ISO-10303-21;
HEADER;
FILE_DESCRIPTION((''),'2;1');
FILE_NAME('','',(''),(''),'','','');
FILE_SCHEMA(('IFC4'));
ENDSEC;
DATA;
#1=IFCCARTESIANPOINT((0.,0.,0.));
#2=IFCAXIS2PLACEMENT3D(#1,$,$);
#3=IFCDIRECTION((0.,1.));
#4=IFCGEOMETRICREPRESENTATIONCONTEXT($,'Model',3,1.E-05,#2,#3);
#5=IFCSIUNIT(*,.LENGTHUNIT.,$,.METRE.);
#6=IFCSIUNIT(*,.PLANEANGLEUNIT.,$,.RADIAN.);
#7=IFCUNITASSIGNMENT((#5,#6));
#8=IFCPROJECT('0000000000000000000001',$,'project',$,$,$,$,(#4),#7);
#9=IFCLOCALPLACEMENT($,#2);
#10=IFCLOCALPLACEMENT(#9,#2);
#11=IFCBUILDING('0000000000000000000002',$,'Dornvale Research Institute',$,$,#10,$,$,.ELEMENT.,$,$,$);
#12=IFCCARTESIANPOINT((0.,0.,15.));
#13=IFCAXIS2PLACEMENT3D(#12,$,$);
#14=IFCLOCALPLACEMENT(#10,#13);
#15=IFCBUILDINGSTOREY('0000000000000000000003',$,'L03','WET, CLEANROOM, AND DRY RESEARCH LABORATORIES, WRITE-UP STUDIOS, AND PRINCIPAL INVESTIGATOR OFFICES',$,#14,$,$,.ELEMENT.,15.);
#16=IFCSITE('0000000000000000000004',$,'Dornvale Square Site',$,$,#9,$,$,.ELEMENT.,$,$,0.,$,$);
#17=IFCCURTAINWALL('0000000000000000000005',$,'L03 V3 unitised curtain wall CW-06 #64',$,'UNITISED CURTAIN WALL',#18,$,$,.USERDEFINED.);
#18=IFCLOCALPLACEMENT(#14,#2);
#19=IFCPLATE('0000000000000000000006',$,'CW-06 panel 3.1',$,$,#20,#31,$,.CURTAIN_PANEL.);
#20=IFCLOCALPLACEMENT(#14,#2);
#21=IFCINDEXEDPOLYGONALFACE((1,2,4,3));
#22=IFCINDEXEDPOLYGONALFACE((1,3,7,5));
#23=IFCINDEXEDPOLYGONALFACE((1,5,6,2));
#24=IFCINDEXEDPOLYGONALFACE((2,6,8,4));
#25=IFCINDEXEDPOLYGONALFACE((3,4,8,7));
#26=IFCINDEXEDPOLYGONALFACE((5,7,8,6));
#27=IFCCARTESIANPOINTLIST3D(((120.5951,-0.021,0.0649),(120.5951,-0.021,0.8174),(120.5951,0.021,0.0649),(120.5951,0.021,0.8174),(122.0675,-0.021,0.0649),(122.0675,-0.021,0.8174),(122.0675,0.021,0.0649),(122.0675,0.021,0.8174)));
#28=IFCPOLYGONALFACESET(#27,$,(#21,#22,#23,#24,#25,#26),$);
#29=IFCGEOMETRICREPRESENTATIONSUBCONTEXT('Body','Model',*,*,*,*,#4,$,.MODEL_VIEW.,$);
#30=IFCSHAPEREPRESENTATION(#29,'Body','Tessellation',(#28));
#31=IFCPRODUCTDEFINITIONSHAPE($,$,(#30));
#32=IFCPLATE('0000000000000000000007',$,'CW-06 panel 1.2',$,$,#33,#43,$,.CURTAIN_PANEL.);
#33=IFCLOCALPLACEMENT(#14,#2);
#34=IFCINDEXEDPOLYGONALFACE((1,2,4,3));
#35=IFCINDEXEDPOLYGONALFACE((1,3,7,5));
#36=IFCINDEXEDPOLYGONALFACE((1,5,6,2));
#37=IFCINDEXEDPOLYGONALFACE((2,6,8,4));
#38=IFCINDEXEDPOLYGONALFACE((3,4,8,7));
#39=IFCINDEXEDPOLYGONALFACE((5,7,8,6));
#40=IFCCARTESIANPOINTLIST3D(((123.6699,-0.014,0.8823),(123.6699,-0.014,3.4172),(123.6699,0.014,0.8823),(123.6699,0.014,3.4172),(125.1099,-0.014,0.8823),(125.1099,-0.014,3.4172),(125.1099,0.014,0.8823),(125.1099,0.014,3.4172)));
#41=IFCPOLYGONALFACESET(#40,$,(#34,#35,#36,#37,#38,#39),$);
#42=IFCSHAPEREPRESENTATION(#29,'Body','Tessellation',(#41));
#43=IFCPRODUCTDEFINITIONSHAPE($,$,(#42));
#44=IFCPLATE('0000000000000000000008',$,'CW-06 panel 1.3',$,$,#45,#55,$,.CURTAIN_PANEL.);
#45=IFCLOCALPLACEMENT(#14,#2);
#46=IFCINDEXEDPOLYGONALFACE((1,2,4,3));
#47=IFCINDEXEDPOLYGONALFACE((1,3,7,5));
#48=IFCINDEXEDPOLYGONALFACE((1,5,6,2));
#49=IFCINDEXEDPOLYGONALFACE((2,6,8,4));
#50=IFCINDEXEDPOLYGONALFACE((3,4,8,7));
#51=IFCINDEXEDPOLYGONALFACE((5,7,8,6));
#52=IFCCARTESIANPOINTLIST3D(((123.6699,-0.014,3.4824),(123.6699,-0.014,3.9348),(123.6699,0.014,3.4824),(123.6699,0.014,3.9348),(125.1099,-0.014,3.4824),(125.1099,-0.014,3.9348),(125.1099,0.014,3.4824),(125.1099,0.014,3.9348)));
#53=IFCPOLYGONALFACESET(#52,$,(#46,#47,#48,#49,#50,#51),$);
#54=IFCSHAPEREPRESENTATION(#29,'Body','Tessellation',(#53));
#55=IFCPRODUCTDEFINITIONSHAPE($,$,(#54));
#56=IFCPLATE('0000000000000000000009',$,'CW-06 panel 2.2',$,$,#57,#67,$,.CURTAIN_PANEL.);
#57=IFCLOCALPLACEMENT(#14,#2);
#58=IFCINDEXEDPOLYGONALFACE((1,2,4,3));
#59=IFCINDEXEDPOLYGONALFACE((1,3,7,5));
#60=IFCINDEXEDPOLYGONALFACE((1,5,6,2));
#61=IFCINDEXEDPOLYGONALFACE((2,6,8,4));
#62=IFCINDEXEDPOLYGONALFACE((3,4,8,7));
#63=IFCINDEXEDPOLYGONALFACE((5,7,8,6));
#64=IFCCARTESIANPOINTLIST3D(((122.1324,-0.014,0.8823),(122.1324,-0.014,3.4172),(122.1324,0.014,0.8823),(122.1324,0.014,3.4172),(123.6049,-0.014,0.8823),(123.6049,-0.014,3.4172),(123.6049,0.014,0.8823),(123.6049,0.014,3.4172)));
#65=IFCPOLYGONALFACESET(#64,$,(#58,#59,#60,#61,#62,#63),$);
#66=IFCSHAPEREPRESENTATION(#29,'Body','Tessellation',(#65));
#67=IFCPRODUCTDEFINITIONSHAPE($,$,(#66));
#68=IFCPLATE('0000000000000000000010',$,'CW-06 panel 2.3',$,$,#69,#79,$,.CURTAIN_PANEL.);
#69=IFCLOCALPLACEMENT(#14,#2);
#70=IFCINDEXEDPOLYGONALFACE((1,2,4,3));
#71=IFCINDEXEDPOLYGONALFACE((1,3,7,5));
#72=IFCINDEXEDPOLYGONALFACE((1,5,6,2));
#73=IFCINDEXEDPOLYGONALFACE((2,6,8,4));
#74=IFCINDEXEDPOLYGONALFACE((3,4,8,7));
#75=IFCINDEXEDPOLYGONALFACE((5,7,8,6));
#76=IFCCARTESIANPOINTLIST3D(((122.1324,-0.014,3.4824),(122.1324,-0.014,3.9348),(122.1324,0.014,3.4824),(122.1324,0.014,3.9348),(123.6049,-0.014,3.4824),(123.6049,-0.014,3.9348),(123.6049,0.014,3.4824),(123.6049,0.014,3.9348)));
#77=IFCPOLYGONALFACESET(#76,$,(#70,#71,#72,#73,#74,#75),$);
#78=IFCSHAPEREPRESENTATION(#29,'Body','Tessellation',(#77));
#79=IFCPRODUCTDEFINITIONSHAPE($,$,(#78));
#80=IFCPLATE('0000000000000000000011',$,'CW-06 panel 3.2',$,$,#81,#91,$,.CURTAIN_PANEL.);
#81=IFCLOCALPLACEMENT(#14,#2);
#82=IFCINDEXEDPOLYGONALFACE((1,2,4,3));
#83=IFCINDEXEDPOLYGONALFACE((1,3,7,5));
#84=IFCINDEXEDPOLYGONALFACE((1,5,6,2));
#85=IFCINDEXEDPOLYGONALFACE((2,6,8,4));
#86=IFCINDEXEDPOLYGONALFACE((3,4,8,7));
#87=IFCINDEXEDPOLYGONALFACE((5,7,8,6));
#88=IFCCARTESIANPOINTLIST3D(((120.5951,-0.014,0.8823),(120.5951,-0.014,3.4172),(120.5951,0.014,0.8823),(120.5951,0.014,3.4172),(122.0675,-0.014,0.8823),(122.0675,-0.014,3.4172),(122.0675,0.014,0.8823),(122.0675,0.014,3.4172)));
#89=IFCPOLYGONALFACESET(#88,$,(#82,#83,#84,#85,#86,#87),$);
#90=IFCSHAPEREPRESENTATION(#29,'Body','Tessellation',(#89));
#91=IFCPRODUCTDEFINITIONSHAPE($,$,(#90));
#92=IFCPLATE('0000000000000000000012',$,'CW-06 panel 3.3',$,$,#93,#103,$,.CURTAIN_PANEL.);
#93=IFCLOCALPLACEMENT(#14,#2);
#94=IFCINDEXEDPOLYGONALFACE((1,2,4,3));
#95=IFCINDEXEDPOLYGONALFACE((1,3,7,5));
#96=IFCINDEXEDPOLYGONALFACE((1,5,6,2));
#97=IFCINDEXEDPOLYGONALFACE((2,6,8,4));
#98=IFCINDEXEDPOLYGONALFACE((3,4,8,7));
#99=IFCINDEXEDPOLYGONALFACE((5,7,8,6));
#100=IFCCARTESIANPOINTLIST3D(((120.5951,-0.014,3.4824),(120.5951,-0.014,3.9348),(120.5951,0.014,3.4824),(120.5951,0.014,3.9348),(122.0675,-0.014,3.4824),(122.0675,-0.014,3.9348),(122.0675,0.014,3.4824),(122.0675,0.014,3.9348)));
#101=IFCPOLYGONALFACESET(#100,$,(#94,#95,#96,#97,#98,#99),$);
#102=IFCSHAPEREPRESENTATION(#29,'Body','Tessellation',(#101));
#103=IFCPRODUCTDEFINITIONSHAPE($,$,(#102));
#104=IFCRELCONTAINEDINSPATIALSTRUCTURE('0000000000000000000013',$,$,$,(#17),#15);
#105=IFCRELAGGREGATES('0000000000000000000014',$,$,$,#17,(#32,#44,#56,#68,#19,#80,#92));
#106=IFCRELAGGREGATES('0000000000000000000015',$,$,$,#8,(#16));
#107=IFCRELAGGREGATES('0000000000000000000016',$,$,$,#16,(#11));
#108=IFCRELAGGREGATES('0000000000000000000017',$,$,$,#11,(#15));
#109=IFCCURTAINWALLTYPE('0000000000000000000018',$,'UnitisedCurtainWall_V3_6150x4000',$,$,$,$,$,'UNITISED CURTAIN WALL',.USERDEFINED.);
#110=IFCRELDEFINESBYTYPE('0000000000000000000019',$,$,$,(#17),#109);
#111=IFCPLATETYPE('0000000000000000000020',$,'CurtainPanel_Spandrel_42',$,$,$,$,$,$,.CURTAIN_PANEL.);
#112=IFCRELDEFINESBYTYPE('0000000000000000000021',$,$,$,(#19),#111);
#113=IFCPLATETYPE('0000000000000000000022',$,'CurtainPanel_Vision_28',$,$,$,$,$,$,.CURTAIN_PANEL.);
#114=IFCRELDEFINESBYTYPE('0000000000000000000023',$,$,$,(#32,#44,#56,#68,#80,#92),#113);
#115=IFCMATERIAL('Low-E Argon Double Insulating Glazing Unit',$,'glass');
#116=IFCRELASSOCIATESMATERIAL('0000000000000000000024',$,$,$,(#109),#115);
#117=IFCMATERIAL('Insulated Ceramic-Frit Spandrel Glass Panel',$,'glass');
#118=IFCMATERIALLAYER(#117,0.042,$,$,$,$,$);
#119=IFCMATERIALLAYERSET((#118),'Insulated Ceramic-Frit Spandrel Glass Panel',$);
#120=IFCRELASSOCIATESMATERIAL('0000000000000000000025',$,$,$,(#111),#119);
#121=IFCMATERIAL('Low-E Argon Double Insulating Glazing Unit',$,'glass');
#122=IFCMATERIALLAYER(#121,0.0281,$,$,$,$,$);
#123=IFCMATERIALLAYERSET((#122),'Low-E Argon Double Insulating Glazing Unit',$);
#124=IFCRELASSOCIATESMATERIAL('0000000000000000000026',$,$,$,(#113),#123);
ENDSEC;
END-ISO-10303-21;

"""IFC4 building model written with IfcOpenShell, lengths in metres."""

from ifc_helpers import new_model, si_unit, direction, frame, origin, origin_2d, place, context, subcontext, project, spatial, rectangle, extrude, material, layer, layer_set, type_object, element, aggregate, save


model = new_model("IFC4")

# Units and contexts
model_context = context("Model", 3, precision=1e-05, world=origin(), true_north=direction((0.0, 1.0)))
body_context = subcontext(model_context, "Body", "Model", "MODEL_VIEW")
ifc_project = project(units=[si_unit("LENGTHUNIT", "METRE"), si_unit("PLANEANGLEUNIT", "RADIAN")], contexts=[model_context])

# Site, building, storey
site_placement = place(None, origin())
site = spatial("IfcSite", under=ifc_project, at=site_placement, Name="Dornvale Square Site", CompositionType="ELEMENT", RefElevation=0.0)
building_placement = place(site_placement, origin())
building = spatial("IfcBuilding", under=site, at=building_placement, Name="Dornvale Research Institute", CompositionType="ELEMENT")
storey_placement = place(building_placement, frame((0.0, 0.0, 15.0)))
storey = spatial("IfcBuildingStorey", under=building, at=storey_placement, Name="L03", Description="WET, CLEANROOM, AND DRY RESEARCH LABORATORIES, WRITE-UP STUDIOS, AND PRINCIPAL INVESTIGATOR OFFICES", CompositionType="ELEMENT", Elevation=15.0)

# Curtain wall, plates
ifc_material_1 = material(Name="Low-E Argon Double Insulating Glazing Unit", Category="glass")
curtain_wall_type = type_object("IfcCurtainWallType", Name="UnitisedCurtainWall_V3_6150x4000", ElementType="UNITISED CURTAIN WALL", PredefinedType="USERDEFINED", material=ifc_material_1)
curtain_wall_placement = place(storey_placement, origin())
curtain_wall = element("IfcCurtainWall", 1, at=curtain_wall_placement, inside=storey, type_object=curtain_wall_type, Name="L03 V3 unitised curtain wall CW-06 #64", ObjectType="UNITISED CURTAIN WALL", PredefinedType="USERDEFINED")
ifc_material_2 = material(Name="Insulated Ceramic-Frit Spandrel Glass Panel", Category="glass")
ifc_layer_1 = layer(ifc_material_2, 0.042)
ifc_layer_set_1 = layer_set([ifc_layer_1], Name="Insulated Ceramic-Frit Spandrel Glass Panel")
plate_type_1 = type_object("IfcPlateType", Name="CurtainPanel_Spandrel_42", PredefinedType="CURTAIN_PANEL", material=ifc_layer_set_1)
plate_1_placement = place(storey_placement, frame((121.3313, 0.0, 0.0649), z_axis=(0.0, 0.0, 1.0), x_axis=(-1.0, 0.0, 0.0)))
plate_1 = element("IfcPlate", 2, at=plate_1_placement, type_object=plate_type_1, Name="CW-06 panel 3.1", PredefinedType="CURTAIN_PANEL", context=body_context, shape_type="SweptSolid", body=[
    extrude(rectangle(XDim=1.4724, YDim=0.042, at=origin_2d()), origin(), (0.0, 0.0, 1.0), 0.7524),
])
ifc_material_3 = material(Name="Low-E Argon Double Insulating Glazing Unit", Category="glass")
ifc_layer_2 = layer(ifc_material_3, 0.0281)
ifc_layer_set_2 = layer_set([ifc_layer_2], Name="Low-E Argon Double Insulating Glazing Unit")
plate_type_2 = type_object("IfcPlateType", Name="CurtainPanel_Vision_28", PredefinedType="CURTAIN_PANEL", material=ifc_layer_set_2)
plate_2_placement = place(storey_placement, frame((124.3899, 0.0, 0.8823), z_axis=(0.0, 0.0, 1.0), x_axis=(-1.0, 0.0, 0.0)))
plate_2 = element("IfcPlate", 3, at=plate_2_placement, type_object=plate_type_2, Name="CW-06 panel 1.2", PredefinedType="CURTAIN_PANEL", context=body_context, shape_type="SweptSolid", body=[
    extrude(rectangle(XDim=1.4399, YDim=0.0281, at=origin_2d()), origin(), (0.0, 0.0, 1.0), 2.5349),
])
plate_3_placement = place(storey_placement, frame((124.3899, 0.0, 3.4824), z_axis=(0.0, 0.0, 1.0), x_axis=(-1.0, 0.0, 0.0)))
plate_3 = element("IfcPlate", 4, at=plate_3_placement, type_object=plate_type_2, Name="CW-06 panel 1.3", PredefinedType="CURTAIN_PANEL", context=body_context, shape_type="SweptSolid", body=[
    extrude(rectangle(XDim=1.4399, YDim=0.0281, at=origin_2d()), origin(), (0.0, 0.0, 1.0), 0.4524),
])
plate_4_placement = place(storey_placement, frame((122.8687, 0.0, 0.8823), z_axis=(0.0, 0.0, 1.0), x_axis=(-1.0, 0.0, 0.0)))
plate_4 = element("IfcPlate", 5, at=plate_4_placement, type_object=plate_type_2, Name="CW-06 panel 2.2", PredefinedType="CURTAIN_PANEL", context=body_context, shape_type="SweptSolid", body=[
    extrude(rectangle(XDim=1.4724, YDim=0.0281, at=origin_2d()), origin(), (0.0, 0.0, 1.0), 2.5349),
])
plate_5_placement = place(storey_placement, frame((122.8687, 0.0, 3.4824), z_axis=(0.0, 0.0, 1.0), x_axis=(-1.0, 0.0, 0.0)))
plate_5 = element("IfcPlate", 6, at=plate_5_placement, type_object=plate_type_2, Name="CW-06 panel 2.3", PredefinedType="CURTAIN_PANEL", context=body_context, shape_type="SweptSolid", body=[
    extrude(rectangle(XDim=1.4724, YDim=0.0281, at=origin_2d()), origin(), (0.0, 0.0, 1.0), 0.4524),
])
plate_6_placement = place(storey_placement, frame((121.3313, 0.0, 0.8823), z_axis=(0.0, 0.0, 1.0), x_axis=(-1.0, 0.0, 0.0)))
plate_6 = element("IfcPlate", 7, at=plate_6_placement, type_object=plate_type_2, Name="CW-06 panel 3.2", PredefinedType="CURTAIN_PANEL", context=body_context, shape_type="SweptSolid", body=[
    extrude(rectangle(XDim=1.4724, YDim=0.0281, at=origin_2d()), origin(), (0.0, 0.0, 1.0), 2.5349),
])
plate_7_placement = place(storey_placement, frame((121.3313, 0.0, 3.4824), z_axis=(0.0, 0.0, 1.0), x_axis=(-1.0, 0.0, 0.0)))
plate_7 = element("IfcPlate", 8, at=plate_7_placement, type_object=plate_type_2, Name="CW-06 panel 3.3", PredefinedType="CURTAIN_PANEL", context=body_context, shape_type="SweptSolid", body=[
    extrude(rectangle(XDim=1.4724, YDim=0.0281, at=origin_2d()), origin(), (0.0, 0.0, 1.0), 0.4524),
])
aggregate(curtain_wall, [plate_2, plate_3, plate_4, plate_5, plate_1, plate_6, plate_7])

save(model, "model.ifc")
